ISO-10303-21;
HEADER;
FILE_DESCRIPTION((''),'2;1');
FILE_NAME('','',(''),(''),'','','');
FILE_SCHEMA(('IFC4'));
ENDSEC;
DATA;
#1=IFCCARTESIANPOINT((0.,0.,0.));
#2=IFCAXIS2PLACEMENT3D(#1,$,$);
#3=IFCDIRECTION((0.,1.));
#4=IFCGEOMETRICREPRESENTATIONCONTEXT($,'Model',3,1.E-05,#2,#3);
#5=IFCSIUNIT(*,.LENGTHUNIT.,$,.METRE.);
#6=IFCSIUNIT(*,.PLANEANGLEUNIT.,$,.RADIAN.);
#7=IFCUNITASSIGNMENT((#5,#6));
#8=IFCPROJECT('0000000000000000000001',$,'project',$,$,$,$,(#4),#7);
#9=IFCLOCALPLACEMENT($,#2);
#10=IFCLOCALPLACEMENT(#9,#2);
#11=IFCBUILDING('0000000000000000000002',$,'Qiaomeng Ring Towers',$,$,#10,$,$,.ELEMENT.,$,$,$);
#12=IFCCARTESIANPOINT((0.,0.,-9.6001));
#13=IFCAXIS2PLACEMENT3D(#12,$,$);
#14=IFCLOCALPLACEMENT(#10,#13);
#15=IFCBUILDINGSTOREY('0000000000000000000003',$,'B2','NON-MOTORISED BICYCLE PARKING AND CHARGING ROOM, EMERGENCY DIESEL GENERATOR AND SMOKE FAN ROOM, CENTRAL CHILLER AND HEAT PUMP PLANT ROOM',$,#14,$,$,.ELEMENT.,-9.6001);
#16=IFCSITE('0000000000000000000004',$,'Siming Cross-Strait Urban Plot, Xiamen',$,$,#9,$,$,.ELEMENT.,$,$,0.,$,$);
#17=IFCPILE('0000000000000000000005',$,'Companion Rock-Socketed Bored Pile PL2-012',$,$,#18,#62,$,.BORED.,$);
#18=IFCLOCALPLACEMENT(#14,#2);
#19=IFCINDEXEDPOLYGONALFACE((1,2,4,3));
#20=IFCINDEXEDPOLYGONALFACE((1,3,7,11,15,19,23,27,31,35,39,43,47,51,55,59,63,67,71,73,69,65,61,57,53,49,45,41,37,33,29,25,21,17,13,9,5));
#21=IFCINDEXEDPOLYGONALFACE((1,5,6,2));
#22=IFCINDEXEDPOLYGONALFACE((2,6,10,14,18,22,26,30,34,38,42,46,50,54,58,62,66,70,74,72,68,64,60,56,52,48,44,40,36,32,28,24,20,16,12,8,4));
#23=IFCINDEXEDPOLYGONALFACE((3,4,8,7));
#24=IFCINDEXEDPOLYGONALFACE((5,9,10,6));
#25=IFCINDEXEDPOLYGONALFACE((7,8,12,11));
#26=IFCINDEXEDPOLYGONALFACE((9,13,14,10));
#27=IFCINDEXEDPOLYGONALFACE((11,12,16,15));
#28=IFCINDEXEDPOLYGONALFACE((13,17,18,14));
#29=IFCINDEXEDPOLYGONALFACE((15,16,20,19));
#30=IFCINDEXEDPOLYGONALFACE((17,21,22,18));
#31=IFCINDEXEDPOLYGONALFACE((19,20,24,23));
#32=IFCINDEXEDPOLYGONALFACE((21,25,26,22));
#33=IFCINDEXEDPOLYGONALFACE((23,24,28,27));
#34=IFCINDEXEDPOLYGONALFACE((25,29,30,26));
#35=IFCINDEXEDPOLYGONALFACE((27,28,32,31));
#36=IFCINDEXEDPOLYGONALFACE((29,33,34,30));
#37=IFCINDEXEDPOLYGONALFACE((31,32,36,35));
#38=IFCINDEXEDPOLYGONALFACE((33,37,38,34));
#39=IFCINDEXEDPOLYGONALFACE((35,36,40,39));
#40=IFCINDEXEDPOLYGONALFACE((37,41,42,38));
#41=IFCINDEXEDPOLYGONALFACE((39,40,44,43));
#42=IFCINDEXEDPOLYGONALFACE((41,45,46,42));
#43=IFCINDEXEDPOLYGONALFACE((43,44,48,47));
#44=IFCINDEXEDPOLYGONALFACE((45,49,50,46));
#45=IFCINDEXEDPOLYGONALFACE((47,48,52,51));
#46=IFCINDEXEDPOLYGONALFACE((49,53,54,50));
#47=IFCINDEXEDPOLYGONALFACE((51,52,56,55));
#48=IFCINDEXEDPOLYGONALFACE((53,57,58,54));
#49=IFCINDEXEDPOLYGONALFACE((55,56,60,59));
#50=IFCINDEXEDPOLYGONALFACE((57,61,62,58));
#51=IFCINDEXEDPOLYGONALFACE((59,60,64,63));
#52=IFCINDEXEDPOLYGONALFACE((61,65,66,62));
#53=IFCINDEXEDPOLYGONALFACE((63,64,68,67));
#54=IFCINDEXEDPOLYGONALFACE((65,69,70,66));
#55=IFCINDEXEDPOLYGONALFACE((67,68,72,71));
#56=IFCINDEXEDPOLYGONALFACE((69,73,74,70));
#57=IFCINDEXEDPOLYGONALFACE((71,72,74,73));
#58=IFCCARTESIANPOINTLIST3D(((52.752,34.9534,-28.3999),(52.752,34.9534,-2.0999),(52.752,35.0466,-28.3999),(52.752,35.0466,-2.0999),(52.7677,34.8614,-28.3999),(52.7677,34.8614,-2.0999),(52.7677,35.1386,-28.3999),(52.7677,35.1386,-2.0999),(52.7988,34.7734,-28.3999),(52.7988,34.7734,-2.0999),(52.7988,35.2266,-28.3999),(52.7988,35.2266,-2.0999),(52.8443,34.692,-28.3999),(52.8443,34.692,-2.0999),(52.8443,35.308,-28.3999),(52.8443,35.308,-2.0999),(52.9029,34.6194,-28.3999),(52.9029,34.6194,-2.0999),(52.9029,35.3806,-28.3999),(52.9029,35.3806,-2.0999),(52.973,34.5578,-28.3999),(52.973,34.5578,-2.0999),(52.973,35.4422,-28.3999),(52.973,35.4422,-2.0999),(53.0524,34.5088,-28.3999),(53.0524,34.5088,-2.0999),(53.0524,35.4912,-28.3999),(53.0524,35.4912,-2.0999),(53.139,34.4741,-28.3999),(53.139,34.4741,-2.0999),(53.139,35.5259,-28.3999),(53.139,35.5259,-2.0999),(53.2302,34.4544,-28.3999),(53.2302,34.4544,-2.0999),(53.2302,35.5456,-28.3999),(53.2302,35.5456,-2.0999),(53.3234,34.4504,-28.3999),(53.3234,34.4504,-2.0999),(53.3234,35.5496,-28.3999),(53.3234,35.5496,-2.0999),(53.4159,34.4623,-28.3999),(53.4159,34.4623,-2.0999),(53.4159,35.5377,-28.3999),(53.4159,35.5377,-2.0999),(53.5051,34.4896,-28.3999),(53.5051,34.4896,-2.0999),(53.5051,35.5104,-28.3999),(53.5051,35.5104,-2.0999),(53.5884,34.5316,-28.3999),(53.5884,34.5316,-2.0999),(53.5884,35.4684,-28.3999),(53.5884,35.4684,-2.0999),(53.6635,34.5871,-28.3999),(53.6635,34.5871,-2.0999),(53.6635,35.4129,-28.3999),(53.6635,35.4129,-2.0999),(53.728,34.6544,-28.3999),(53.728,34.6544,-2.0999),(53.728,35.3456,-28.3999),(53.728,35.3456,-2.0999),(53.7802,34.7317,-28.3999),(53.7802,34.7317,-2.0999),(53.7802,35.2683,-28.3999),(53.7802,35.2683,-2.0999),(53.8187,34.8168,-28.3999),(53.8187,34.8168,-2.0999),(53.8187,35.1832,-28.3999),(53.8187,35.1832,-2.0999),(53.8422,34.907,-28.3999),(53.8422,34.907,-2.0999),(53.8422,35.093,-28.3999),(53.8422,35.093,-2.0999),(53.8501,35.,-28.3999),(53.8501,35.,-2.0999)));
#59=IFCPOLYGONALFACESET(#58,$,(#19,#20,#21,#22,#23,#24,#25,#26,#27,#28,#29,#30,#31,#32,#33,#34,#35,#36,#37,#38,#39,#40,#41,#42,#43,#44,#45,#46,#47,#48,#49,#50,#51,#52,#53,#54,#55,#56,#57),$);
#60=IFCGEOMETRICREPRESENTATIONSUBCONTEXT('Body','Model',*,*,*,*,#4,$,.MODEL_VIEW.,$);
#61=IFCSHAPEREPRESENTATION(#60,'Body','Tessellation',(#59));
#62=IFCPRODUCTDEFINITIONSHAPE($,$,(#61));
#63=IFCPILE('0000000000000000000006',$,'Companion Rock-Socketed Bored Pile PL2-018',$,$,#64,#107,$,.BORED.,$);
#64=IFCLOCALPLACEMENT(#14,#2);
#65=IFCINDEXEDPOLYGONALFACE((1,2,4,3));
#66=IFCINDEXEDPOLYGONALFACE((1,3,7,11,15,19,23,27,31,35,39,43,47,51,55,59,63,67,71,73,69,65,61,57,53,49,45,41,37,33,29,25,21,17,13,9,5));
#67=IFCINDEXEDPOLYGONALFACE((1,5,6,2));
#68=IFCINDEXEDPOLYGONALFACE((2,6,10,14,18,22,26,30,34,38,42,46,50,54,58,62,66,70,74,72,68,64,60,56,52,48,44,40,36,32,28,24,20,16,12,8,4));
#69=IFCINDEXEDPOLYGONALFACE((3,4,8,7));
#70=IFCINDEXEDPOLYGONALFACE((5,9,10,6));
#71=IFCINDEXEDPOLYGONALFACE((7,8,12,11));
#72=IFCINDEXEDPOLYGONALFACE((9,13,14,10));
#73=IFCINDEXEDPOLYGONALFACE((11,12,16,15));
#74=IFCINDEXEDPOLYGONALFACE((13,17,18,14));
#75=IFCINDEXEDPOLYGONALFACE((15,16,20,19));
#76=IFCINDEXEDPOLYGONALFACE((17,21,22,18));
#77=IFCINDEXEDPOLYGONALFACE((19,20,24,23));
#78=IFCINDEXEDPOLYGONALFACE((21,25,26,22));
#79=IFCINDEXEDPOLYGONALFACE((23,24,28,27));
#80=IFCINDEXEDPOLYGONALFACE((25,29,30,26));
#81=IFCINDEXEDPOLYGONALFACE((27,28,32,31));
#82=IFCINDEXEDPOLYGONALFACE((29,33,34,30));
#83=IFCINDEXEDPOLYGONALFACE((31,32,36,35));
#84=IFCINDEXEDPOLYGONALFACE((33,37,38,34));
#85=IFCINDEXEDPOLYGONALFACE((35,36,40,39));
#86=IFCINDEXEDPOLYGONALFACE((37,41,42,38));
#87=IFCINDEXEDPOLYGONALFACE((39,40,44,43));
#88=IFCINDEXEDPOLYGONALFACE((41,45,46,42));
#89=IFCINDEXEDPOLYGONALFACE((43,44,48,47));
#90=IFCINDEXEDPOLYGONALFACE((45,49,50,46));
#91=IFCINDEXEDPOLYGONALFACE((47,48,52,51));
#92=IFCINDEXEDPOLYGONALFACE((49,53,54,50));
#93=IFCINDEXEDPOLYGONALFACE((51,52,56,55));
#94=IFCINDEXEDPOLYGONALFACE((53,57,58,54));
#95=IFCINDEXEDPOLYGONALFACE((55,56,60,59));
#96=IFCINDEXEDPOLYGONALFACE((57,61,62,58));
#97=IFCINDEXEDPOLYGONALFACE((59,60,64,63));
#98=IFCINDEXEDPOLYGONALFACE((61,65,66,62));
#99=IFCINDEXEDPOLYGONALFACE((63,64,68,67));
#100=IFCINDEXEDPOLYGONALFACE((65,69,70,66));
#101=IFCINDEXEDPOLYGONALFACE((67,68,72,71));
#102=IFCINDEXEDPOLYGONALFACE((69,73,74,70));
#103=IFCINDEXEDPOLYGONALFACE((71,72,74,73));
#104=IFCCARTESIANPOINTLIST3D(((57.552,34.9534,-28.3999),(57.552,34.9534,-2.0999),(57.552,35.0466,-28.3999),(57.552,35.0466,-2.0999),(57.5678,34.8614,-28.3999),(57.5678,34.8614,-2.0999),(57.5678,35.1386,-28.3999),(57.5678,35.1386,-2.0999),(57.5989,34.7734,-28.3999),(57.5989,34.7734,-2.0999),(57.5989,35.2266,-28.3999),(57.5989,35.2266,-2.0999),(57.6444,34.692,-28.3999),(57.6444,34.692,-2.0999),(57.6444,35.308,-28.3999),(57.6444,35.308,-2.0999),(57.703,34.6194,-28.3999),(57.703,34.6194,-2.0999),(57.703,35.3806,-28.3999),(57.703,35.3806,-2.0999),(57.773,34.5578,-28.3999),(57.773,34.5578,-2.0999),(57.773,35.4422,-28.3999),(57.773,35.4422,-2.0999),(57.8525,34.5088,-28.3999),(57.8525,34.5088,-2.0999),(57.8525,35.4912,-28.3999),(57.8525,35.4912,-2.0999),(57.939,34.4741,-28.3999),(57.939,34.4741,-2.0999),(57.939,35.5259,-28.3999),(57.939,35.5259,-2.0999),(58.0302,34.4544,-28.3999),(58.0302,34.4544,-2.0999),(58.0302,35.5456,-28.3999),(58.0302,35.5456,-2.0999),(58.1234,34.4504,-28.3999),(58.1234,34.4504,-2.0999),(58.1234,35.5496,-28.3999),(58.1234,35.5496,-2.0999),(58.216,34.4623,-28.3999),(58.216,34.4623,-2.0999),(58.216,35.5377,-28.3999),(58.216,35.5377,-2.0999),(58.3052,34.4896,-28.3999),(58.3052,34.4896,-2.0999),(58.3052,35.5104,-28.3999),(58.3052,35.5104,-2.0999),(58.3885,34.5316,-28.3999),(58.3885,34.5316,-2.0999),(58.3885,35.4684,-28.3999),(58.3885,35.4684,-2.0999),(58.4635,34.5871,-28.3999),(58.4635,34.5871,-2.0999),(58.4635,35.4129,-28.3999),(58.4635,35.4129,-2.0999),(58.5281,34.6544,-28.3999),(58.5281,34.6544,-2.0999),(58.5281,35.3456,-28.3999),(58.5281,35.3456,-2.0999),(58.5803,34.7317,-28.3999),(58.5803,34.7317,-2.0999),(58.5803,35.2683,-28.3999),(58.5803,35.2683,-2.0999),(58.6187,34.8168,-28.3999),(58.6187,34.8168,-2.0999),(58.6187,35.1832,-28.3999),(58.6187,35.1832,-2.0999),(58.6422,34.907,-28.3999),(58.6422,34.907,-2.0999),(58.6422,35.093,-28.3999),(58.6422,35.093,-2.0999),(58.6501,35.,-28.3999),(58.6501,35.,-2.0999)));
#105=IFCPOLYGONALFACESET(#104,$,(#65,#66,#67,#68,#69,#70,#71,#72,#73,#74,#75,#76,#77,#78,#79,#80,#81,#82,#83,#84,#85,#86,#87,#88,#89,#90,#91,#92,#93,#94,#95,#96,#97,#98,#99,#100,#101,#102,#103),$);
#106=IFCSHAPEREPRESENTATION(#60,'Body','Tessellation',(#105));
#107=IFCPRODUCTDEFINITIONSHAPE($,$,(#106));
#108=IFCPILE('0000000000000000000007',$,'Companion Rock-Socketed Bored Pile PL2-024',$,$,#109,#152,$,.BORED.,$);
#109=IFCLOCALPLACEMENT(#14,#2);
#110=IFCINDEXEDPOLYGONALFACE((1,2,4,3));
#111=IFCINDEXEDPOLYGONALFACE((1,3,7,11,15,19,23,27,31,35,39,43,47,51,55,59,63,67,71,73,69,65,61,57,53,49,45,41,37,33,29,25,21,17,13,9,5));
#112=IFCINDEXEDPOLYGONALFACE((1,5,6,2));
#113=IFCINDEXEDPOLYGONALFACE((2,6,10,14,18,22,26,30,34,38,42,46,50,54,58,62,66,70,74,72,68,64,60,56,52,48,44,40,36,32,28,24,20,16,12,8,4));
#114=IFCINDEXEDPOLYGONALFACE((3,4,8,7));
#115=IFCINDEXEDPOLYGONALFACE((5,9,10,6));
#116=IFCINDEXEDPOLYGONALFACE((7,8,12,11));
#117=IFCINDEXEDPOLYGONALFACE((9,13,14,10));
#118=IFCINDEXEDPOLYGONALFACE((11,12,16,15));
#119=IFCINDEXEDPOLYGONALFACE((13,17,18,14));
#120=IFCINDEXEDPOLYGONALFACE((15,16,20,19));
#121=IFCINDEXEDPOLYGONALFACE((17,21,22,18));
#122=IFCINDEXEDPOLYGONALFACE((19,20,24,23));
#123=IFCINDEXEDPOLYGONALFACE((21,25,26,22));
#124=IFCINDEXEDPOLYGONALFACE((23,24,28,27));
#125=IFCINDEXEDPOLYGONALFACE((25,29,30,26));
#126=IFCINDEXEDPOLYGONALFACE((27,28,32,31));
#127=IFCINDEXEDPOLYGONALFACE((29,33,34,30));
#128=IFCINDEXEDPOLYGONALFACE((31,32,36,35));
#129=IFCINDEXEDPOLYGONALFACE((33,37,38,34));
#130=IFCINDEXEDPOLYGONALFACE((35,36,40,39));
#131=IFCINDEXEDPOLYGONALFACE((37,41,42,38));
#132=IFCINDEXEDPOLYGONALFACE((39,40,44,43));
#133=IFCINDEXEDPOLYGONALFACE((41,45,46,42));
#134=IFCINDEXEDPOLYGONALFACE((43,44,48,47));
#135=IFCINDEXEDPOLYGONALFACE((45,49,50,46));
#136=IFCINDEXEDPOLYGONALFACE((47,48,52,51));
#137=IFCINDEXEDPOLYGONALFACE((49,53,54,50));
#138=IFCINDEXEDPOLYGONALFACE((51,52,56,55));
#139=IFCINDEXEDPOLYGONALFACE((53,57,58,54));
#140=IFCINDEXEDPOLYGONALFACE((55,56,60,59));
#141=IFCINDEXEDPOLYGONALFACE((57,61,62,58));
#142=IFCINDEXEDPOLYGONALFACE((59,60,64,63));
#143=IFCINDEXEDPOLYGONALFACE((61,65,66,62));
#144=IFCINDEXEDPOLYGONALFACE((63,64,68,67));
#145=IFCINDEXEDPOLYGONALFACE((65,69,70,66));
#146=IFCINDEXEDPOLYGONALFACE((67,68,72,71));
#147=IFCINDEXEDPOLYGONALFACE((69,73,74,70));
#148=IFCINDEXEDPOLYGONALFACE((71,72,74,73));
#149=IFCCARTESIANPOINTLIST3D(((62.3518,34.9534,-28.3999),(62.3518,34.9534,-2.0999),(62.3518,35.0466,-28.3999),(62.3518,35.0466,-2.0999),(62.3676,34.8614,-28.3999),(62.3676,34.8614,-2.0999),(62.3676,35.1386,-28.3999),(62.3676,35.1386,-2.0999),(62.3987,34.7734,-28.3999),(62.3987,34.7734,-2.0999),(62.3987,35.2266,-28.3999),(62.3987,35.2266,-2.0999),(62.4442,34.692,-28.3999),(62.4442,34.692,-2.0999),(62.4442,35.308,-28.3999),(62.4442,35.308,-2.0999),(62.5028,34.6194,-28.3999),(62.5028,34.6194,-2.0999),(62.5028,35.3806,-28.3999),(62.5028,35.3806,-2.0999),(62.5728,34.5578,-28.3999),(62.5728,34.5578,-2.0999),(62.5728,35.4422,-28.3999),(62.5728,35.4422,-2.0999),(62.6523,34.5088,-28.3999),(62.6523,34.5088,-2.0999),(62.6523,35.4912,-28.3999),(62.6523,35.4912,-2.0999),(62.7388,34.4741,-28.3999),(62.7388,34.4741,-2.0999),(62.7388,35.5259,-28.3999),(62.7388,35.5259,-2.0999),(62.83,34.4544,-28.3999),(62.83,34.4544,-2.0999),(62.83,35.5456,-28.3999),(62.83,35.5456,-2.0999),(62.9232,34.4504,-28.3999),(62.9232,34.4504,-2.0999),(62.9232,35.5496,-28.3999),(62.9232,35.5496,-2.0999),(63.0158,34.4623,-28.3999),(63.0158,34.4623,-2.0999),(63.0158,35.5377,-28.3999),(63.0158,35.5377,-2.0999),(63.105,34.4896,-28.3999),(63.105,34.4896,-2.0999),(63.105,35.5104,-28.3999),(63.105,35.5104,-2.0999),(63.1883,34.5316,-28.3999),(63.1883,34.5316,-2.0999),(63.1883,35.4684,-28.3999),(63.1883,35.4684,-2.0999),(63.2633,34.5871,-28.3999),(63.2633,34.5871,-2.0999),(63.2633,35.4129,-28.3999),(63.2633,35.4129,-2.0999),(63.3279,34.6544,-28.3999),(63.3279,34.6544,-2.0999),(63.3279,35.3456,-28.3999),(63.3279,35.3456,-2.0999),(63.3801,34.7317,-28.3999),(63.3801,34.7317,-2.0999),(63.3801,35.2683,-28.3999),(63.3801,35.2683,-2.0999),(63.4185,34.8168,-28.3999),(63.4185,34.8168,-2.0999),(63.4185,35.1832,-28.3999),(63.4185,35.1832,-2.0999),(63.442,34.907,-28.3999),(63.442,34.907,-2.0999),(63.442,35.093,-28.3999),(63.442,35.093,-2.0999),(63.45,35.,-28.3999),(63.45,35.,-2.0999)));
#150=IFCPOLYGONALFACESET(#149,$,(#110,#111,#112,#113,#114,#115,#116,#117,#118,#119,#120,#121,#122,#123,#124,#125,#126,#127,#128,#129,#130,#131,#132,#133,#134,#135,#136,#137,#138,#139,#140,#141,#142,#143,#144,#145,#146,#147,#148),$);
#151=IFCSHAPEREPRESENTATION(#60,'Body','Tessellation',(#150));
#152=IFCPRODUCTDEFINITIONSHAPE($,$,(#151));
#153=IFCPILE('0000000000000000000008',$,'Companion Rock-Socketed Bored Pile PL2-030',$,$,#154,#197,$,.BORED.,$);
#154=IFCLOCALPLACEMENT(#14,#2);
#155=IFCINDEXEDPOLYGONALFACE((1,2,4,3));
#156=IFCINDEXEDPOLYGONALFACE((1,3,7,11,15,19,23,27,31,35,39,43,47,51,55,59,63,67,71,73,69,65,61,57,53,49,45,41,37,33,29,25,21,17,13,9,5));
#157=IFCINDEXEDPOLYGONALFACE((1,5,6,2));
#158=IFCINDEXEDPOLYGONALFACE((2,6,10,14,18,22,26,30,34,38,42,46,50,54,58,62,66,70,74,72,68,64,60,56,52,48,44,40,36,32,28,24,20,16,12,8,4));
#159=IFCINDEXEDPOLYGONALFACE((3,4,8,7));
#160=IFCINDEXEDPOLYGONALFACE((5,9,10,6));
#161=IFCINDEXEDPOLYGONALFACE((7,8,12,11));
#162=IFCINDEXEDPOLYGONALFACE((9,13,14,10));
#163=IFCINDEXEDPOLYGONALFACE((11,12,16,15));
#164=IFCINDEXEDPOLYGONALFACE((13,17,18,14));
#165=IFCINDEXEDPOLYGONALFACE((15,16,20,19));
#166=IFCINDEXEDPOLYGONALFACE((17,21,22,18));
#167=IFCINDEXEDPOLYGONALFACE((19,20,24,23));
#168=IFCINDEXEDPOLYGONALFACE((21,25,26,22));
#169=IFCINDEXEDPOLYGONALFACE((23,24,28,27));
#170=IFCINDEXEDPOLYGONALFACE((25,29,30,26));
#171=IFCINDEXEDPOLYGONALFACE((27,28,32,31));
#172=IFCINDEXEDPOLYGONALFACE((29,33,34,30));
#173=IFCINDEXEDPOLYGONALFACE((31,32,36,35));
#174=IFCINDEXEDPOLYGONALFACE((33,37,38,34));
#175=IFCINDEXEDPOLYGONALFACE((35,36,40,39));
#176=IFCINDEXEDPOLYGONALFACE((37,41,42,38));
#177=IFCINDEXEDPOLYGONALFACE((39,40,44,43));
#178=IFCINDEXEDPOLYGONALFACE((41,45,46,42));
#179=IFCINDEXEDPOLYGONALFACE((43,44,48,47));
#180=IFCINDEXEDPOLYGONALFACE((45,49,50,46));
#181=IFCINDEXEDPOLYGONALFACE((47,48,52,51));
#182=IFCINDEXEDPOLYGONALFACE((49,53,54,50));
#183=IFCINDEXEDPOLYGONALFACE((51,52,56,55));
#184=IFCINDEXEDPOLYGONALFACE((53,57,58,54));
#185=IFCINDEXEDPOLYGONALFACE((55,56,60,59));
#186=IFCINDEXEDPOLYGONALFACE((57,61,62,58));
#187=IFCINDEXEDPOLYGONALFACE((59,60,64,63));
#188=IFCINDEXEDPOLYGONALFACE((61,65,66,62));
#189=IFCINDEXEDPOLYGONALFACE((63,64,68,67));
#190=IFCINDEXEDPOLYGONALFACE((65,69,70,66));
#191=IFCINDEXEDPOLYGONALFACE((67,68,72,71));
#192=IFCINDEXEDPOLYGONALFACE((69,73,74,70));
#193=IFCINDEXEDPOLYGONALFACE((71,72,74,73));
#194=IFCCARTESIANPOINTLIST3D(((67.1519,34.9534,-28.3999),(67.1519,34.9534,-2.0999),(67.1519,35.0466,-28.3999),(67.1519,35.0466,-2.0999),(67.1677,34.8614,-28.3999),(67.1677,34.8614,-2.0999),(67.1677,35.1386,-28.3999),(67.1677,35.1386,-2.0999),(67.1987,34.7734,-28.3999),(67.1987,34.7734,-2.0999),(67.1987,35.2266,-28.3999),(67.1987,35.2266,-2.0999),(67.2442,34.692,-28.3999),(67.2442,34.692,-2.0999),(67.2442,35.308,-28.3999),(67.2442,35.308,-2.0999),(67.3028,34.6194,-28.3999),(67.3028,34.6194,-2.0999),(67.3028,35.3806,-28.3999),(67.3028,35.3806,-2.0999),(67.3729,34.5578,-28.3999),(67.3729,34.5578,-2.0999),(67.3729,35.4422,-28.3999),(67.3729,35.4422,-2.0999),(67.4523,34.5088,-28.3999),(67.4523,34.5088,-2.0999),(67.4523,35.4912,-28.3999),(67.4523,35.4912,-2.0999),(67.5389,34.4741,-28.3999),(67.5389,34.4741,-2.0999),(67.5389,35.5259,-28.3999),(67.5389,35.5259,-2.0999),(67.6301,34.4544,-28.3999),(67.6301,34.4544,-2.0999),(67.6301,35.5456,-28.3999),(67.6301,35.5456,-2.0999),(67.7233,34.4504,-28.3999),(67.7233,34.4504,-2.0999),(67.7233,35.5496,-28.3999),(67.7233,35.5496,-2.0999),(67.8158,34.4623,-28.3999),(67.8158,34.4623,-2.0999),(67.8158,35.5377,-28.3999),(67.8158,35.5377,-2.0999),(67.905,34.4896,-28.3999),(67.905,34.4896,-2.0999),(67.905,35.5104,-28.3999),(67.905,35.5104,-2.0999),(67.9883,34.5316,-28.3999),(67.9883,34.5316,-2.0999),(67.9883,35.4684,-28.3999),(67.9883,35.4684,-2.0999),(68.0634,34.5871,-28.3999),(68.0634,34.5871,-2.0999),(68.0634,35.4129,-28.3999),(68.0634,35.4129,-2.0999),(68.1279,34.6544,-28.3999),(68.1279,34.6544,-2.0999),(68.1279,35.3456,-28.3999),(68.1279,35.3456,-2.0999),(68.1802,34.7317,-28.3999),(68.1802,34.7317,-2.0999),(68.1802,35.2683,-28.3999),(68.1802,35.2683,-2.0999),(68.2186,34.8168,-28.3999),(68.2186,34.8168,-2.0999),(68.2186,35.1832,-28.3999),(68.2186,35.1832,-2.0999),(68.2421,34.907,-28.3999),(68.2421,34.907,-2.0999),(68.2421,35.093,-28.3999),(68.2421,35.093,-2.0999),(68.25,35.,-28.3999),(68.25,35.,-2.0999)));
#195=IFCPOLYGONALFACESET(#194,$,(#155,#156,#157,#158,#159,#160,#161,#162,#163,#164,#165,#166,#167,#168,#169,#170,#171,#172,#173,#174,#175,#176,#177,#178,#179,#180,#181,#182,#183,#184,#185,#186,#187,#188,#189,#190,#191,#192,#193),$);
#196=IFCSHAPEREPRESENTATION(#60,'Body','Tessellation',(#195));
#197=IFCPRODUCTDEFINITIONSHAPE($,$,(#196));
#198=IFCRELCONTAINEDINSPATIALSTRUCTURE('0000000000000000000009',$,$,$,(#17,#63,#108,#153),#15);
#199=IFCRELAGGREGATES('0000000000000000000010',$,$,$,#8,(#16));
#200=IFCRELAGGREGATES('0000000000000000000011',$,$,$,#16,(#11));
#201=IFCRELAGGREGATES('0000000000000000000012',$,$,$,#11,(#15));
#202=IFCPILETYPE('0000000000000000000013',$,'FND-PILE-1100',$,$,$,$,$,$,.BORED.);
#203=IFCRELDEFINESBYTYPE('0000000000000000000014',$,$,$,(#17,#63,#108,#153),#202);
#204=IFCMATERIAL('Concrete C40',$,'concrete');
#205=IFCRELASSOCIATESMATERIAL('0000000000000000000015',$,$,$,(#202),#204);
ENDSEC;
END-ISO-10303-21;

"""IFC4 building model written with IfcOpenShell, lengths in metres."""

from ifc_helpers import new_model, si_unit, direction, frame, origin, origin_2d, place, context, subcontext, project, spatial, circle, extrude, source, transform, mapped, material, material_profile, profile_set, type_object, element, save


model = new_model("IFC4")

# Units and contexts
model_context = context("Model", 3, precision=1e-05, world=origin(), true_north=direction((0.0, 1.0)))
body_context = subcontext(model_context, "Body", "Model", "MODEL_VIEW")
ifc_project = project(units=[si_unit("LENGTHUNIT", "METRE"), si_unit("PLANEANGLEUNIT", "RADIAN")], contexts=[model_context])

# Site, building, storey
site_placement = place(None, origin())
site = spatial("IfcSite", under=ifc_project, at=site_placement, Name="Siming Cross-Strait Urban Plot, Xiamen", CompositionType="ELEMENT", RefElevation=0.0)
building_placement = place(site_placement, origin())
building = spatial("IfcBuilding", under=site, at=building_placement, Name="Qiaomeng Ring Towers", CompositionType="ELEMENT")
storey_placement = place(building_placement, frame((0.0, 0.0, -9.6001)))
storey = spatial("IfcBuildingStorey", under=building, at=storey_placement, Name="B2", Description="NON-MOTORISED BICYCLE PARKING AND CHARGING ROOM, EMERGENCY DIESEL GENERATOR AND SMOKE FAN ROOM, CENTRAL CHILLER AND HEAT PUMP PLANT ROOM", CompositionType="ELEMENT", Elevation=-9.6001)

# Piles
ifc_material_1 = material(Name="Concrete C40", Category="concrete")
ifc_material_profile_1 = material_profile(ifc_material_1, circle(Radius=0.55, at=origin_2d()), Name="BORED PILE 1100")
ifc_profile_set_1 = profile_set([ifc_material_profile_1], Name="Concrete C40")
pile_type = type_object("IfcPileType", Name="FND-PILE-1100", PredefinedType="BORED", material=ifc_profile_set_1)
shared_shape_1 = source(origin(), body_context, "Body", "SweptSolid", [
    extrude(circle(Radius=0.55, at=origin_2d()), origin(), (0.0, 0.0, 1.0), 26.3),
])
for number, where, z_axis, x_axis, name in (
    (1, (53.3, 35.0, -2.0999), (0.0, 0.0, -1.0), (1.0, 0.0, 0.0), "Companion Rock-Socketed Bored Pile PL2-012"),
    (2, (58.1001, 35.0, -2.0999), (0.0, 0.0, -1.0), (1.0, 0.0, 0.0), "Companion Rock-Socketed Bored Pile PL2-018"),
    (3, (62.8999, 35.0, -2.0999), (0.0, 0.0, -1.0), (1.0, 0.0, 0.0), "Companion Rock-Socketed Bored Pile PL2-024"),
    (4, (67.7, 35.0, -2.0999), (0.0, 0.0, -1.0), (1.0, 0.0, 0.0), "Companion Rock-Socketed Bored Pile PL2-030"),
):
    element("IfcPile", number, at=place(storey_placement, frame(where, z_axis=z_axis, x_axis=x_axis)), inside=storey, type_object=pile_type, Name=name, PredefinedType="BORED", context=body_context, shape_type="MappedRepresentation", body=[
        mapped(shared_shape_1, transform((0.0, 0.0, 0.0), x_axis=(1.0, 0.0, 0.0), y_axis=(0.0, 1.0, 0.0), z_axis=(0.0, 0.0, 1.0), scale=1.0)),
    ])

save(model, "model.ifc")
